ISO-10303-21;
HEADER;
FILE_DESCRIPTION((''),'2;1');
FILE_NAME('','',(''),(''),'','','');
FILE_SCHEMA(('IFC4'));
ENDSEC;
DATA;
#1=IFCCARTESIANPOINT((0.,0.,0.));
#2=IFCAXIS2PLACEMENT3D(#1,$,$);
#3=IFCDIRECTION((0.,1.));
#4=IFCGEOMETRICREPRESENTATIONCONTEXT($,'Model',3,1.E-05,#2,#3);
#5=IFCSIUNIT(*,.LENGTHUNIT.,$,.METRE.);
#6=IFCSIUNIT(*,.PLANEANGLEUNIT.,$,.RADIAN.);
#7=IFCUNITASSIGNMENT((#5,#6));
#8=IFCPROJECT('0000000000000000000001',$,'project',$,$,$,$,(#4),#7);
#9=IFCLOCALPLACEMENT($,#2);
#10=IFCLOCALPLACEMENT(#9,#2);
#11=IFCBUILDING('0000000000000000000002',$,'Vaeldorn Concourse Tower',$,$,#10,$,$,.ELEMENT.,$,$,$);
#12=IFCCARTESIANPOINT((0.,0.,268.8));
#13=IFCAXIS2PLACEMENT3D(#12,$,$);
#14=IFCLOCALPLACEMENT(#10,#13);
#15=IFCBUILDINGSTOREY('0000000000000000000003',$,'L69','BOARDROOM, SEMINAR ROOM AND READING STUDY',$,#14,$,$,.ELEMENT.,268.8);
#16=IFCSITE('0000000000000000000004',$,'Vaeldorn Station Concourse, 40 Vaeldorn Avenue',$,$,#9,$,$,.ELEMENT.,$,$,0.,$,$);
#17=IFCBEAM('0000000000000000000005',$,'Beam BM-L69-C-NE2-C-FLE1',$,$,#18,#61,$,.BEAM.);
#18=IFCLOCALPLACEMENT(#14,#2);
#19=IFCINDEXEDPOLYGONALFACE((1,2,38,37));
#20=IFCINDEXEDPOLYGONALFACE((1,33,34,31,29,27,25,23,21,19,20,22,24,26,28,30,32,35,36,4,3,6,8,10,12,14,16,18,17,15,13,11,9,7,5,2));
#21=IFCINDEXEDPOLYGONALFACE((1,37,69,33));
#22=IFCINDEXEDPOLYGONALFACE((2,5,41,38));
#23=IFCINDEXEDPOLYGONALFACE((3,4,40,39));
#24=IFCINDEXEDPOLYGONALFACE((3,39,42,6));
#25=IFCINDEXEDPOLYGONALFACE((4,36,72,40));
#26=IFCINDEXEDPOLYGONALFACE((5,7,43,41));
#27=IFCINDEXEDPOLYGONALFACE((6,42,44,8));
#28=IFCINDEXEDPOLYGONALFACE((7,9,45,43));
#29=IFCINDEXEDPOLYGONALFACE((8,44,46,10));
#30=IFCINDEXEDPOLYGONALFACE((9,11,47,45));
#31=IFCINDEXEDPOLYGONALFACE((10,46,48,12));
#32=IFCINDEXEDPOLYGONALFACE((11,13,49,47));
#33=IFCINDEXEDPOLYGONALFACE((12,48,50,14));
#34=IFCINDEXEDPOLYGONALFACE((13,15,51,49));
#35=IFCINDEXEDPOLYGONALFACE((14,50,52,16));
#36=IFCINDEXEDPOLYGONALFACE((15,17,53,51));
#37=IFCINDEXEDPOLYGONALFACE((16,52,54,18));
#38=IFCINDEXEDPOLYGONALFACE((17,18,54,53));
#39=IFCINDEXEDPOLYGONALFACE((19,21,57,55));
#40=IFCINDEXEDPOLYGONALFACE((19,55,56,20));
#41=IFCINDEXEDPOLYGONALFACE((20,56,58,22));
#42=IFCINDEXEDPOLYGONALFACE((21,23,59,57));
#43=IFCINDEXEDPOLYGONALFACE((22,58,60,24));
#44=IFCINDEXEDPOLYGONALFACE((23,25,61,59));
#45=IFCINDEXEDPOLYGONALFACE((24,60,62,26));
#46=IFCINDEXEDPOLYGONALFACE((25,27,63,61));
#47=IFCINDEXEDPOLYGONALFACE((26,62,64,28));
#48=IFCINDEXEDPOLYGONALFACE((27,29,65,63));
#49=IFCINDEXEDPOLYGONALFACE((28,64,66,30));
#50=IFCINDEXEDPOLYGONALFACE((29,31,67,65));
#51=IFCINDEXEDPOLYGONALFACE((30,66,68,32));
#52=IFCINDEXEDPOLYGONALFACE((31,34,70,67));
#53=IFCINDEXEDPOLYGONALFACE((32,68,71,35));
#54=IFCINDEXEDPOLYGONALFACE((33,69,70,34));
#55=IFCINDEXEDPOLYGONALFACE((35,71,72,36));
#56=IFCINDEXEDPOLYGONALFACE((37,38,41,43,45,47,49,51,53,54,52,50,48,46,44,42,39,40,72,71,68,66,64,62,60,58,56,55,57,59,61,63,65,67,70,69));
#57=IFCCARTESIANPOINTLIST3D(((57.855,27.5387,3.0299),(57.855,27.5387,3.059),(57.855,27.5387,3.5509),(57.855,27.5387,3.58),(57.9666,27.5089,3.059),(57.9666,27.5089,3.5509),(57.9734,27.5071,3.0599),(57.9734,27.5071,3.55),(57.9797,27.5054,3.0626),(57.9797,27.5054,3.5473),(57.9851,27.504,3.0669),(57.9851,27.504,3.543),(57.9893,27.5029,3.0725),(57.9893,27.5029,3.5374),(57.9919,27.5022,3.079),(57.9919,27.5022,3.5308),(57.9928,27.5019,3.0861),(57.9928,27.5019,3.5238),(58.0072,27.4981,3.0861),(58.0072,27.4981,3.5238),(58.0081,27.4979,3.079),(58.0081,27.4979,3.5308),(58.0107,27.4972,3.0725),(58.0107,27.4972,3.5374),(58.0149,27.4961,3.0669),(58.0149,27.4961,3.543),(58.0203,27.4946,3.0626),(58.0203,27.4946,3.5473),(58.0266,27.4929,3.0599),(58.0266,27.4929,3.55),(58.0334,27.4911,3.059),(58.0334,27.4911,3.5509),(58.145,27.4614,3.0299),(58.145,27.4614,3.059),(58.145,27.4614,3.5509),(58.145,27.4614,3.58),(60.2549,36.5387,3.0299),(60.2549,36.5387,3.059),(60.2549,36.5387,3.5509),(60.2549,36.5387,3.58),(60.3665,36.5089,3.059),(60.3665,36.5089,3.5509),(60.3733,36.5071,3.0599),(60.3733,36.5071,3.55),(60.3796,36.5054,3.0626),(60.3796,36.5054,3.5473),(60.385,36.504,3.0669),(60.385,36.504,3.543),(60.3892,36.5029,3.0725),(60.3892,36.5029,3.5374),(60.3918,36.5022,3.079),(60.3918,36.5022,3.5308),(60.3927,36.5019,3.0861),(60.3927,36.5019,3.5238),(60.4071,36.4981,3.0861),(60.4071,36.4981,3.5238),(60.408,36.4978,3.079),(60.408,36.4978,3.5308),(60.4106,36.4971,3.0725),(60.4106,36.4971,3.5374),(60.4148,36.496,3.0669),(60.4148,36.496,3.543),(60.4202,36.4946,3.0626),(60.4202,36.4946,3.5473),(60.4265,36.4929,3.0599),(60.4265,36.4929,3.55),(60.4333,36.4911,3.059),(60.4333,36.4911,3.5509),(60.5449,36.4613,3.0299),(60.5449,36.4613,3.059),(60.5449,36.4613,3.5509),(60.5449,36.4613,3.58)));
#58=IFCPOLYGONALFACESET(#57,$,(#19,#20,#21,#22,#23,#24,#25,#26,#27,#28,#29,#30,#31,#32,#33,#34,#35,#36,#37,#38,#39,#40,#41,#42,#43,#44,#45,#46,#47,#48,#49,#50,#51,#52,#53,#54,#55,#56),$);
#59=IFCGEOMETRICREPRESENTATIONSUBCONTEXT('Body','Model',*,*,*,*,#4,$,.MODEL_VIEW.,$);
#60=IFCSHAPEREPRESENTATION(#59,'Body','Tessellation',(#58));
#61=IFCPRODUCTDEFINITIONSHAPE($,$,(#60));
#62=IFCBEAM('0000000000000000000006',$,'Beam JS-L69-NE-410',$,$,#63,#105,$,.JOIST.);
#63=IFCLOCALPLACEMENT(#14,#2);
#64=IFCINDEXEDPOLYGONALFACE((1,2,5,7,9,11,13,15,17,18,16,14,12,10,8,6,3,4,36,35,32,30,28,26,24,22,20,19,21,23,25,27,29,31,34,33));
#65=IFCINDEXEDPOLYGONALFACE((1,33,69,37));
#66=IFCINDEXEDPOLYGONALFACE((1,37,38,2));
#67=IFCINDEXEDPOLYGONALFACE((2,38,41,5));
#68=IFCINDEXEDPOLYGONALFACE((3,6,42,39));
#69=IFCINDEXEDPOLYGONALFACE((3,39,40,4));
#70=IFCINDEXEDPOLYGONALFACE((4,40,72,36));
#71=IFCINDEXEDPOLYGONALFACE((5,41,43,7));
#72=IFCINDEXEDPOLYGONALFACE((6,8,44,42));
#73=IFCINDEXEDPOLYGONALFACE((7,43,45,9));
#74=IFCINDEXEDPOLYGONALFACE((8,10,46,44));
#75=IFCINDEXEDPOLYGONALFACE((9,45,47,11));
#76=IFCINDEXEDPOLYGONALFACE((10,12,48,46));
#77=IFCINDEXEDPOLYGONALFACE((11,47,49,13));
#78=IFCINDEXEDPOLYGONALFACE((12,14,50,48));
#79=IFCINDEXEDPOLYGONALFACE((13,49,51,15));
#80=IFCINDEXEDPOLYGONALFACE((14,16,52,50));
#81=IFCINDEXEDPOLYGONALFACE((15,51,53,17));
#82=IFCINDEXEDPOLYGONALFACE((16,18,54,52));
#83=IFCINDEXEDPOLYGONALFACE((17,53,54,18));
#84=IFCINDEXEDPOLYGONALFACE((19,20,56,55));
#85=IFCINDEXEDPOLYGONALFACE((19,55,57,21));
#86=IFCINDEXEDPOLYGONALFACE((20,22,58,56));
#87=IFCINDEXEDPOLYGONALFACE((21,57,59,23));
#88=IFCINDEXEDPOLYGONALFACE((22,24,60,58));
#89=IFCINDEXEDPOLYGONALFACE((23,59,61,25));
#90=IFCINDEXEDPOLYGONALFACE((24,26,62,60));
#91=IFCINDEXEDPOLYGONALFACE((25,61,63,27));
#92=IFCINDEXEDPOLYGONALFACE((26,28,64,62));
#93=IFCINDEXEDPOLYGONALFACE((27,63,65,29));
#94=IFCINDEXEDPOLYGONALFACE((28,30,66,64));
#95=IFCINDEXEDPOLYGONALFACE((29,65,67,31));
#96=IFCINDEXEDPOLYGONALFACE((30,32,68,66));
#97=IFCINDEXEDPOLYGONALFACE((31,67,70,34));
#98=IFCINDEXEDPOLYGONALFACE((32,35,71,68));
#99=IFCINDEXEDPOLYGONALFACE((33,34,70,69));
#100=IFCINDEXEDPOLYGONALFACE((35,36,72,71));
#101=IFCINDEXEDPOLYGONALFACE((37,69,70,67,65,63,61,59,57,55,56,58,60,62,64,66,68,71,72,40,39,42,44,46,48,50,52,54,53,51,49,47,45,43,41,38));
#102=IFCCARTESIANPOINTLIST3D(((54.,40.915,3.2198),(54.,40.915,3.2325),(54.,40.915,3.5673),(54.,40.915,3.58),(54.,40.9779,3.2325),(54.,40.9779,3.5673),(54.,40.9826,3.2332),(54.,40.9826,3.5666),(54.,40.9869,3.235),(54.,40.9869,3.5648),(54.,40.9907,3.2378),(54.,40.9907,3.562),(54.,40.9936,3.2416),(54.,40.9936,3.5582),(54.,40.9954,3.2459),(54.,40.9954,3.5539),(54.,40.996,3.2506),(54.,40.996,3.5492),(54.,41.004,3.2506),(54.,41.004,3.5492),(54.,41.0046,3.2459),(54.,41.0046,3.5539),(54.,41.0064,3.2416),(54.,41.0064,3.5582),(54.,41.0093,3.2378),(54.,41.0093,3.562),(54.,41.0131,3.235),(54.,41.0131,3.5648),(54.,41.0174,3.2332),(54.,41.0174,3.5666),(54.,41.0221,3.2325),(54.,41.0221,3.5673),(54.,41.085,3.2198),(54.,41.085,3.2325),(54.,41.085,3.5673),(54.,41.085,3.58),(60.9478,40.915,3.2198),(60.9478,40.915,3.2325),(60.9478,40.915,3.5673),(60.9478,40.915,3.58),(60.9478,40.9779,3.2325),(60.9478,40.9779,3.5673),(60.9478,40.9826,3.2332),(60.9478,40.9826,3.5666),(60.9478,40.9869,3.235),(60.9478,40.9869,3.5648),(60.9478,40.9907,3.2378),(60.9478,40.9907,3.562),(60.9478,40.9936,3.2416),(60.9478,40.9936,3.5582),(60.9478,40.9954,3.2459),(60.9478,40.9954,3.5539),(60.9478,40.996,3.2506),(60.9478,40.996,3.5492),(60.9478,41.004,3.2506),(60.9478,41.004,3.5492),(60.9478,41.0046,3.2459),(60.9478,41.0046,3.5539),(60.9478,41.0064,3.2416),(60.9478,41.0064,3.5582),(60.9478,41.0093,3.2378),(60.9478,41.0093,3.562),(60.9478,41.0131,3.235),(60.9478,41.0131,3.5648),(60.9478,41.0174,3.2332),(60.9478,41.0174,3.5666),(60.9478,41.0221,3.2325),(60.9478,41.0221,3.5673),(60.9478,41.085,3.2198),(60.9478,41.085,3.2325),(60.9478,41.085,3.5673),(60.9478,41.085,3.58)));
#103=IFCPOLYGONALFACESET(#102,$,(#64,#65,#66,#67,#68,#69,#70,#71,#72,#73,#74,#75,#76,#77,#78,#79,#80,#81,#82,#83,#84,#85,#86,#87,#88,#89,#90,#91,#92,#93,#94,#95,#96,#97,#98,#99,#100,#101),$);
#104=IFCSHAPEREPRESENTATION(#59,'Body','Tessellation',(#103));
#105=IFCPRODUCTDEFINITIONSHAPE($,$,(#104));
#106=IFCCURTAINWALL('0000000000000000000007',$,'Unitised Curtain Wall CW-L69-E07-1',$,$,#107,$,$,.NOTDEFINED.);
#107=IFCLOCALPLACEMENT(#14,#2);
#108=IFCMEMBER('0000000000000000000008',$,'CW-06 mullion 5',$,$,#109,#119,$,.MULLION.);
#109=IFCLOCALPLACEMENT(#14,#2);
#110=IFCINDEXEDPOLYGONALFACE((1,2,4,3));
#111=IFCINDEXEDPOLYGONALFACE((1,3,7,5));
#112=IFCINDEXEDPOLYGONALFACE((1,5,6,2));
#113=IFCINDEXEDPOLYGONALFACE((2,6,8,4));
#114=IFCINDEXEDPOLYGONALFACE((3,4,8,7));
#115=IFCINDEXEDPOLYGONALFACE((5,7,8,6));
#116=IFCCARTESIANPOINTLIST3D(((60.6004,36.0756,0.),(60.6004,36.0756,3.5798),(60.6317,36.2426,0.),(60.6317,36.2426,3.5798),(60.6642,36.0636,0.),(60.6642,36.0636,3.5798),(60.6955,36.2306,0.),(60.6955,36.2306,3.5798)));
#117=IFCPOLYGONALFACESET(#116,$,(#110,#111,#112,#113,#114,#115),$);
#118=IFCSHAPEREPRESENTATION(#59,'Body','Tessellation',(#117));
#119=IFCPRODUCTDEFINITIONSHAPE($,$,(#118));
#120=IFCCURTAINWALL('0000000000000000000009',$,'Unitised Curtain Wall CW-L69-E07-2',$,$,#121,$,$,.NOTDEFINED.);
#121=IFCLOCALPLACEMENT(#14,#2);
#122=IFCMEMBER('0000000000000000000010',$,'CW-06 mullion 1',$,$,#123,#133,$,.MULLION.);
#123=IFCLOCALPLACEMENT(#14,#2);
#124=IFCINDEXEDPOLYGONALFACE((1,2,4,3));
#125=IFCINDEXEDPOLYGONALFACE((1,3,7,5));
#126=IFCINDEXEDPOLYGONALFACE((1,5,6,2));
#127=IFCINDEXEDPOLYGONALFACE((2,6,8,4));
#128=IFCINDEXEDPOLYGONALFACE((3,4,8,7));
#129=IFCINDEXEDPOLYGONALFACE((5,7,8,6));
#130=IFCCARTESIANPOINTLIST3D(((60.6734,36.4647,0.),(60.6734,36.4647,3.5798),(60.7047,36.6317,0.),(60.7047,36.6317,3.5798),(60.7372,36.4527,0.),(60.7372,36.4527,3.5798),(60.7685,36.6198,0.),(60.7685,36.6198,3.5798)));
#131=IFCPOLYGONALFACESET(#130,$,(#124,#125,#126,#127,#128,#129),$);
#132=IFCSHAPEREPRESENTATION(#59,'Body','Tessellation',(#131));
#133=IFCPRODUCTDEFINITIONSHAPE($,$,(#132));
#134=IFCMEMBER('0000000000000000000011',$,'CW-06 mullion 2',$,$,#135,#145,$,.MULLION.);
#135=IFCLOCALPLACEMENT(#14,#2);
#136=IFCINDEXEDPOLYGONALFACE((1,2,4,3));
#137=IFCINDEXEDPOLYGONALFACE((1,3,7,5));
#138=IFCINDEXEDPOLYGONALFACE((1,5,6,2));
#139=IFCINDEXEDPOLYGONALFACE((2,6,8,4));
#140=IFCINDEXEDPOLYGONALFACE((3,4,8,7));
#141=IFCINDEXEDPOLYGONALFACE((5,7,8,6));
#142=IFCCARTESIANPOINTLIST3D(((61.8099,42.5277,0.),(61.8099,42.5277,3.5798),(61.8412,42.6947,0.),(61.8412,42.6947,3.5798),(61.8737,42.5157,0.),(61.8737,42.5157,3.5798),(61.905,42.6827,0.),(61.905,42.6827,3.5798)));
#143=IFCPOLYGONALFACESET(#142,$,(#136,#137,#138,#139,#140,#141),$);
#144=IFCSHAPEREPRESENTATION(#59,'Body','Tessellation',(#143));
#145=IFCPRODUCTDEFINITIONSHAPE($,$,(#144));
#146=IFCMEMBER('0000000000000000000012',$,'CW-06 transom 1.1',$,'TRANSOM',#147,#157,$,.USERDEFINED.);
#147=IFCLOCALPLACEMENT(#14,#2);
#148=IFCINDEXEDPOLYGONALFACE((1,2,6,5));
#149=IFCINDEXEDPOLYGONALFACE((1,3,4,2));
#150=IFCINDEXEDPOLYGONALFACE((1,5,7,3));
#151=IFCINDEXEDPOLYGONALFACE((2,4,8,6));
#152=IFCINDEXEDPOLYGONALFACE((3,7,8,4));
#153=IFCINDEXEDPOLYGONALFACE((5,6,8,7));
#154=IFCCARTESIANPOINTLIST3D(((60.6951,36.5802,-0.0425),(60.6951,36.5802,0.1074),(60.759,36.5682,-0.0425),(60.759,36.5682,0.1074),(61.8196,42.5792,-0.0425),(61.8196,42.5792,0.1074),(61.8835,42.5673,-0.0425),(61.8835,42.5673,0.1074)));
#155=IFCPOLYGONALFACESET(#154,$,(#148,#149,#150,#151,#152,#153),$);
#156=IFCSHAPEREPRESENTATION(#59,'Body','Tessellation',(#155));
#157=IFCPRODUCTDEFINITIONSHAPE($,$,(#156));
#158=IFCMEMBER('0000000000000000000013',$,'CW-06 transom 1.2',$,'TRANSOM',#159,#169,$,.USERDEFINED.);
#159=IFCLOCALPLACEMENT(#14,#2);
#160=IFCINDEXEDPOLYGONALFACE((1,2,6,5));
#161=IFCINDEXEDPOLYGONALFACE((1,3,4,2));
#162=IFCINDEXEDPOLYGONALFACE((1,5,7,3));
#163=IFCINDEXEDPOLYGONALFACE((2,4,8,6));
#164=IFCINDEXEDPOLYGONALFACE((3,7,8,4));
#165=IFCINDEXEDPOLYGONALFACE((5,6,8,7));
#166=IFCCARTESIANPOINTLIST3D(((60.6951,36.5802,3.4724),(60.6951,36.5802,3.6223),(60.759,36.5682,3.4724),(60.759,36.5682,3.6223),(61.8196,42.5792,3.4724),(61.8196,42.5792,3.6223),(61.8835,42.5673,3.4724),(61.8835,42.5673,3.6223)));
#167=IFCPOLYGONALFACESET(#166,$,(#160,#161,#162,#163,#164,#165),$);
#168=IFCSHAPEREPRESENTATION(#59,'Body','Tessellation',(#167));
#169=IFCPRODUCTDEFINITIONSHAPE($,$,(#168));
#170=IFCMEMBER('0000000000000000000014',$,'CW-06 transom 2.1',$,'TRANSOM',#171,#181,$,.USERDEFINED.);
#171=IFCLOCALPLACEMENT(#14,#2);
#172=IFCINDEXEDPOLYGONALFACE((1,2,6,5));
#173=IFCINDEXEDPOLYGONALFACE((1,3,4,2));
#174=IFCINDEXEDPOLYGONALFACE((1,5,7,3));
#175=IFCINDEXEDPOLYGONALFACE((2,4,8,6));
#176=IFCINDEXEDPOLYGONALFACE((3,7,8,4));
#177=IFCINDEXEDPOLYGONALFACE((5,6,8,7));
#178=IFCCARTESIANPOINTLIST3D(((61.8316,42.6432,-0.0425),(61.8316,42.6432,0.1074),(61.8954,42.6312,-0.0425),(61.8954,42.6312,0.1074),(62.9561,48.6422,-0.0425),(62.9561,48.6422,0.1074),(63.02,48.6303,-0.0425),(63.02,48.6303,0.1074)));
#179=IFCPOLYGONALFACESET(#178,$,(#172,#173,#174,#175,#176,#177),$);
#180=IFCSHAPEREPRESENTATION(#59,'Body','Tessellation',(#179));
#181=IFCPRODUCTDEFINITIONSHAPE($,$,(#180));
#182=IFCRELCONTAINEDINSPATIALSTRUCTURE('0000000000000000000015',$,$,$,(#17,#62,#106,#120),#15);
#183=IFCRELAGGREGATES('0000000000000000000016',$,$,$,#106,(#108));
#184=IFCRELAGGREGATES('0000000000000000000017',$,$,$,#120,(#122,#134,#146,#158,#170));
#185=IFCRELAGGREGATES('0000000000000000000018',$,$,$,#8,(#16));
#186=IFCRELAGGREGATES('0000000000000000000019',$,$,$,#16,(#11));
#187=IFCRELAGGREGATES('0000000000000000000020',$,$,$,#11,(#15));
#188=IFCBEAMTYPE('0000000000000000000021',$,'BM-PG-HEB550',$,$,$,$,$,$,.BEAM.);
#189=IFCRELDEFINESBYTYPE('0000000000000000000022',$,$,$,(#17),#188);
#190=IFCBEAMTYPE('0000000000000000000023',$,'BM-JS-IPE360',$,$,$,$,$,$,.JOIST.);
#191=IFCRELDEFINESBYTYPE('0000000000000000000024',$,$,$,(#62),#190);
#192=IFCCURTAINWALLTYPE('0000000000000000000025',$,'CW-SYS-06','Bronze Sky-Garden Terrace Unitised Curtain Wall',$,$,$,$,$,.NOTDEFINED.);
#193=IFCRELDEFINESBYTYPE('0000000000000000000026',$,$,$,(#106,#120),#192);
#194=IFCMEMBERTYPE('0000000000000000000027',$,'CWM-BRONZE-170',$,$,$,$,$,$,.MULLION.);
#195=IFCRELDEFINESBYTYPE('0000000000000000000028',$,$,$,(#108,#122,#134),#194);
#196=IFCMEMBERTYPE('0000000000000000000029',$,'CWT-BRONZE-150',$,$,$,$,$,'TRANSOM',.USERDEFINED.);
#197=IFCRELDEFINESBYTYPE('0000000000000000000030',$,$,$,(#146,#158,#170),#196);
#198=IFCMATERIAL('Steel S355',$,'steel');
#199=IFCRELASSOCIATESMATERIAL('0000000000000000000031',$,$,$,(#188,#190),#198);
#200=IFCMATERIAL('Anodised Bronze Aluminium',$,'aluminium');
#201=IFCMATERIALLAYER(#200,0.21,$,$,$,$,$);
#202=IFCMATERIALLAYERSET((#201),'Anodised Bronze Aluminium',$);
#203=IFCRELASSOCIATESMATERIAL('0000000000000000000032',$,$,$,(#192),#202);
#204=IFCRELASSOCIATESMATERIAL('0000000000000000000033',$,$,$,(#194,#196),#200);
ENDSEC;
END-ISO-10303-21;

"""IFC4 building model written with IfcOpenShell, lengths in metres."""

from ifc_helpers import new_model, si_unit, direction, frame, origin, origin_2d, place, context, subcontext, project, spatial, rectangle, i_section, extrude, source, transform, mapped, material, layer, layer_set, material_profile, profile_set, type_object, element, aggregate, save


model = new_model("IFC4")

# Units and contexts
model_context = context("Model", 3, precision=1e-05, world=origin(), true_north=direction((0.0, 1.0)))
body_context = subcontext(model_context, "Body", "Model", "MODEL_VIEW")
ifc_project = project(units=[si_unit("LENGTHUNIT", "METRE"), si_unit("PLANEANGLEUNIT", "RADIAN")], contexts=[model_context])

# Site, building, storey
site_placement = place(None, origin())
site = spatial("IfcSite", under=ifc_project, at=site_placement, Name="Vaeldorn Station Concourse, 40 Vaeldorn Avenue", CompositionType="ELEMENT", RefElevation=0.0)
building_placement = place(site_placement, origin())
building = spatial("IfcBuilding", under=site, at=building_placement, Name="Vaeldorn Concourse Tower", CompositionType="ELEMENT")
storey_placement = place(building_placement, frame((0.0, 0.0, 268.8)))
storey = spatial("IfcBuildingStorey", under=building, at=storey_placement, Name="L69", Description="BOARDROOM, SEMINAR ROOM AND READING STUDY", CompositionType="ELEMENT", Elevation=268.8)

# Shared definitions
ifc_material_1 = material(Name="Steel S355", Category="steel")

# Beams
ifc_material_profile_1 = material_profile(ifc_material_1, i_section(OverallWidth=0.3, OverallDepth=0.55, WebThickness=0.0149, FlangeThickness=0.0291, FilletRadius=0.0271, at=origin_2d()), Name="HEB 550")
ifc_profile_set_1 = profile_set([ifc_material_profile_1], Name="Steel S355")
beam_type_1 = type_object("IfcBeamType", Name="BM-PG-HEB550", PredefinedType="BEAM", material=ifc_profile_set_1)
shared_shape_1 = source(origin(), body_context, "Body", "SweptSolid", [
    extrude(i_section(OverallWidth=0.3, OverallDepth=0.55, WebThickness=0.0149, FlangeThickness=0.0291, FilletRadius=0.0271, at=origin_2d()), origin(), (0.0, 0.0, 1.0), 9.3145),
])
beam_1_placement = place(storey_placement, frame((60.3999, 36.5, 3.3049), z_axis=(-0.257653, -0.966238, 0.0), x_axis=(0.966238, -0.257653, 0.0)))
element("IfcBeam", 1, at=beam_1_placement, inside=storey, type_object=beam_type_1, Name="Beam BM-L69-C-NE2-C-FLE1", PredefinedType="BEAM", context=body_context, shape_type="MappedRepresentation", body=[
    mapped(shared_shape_1, transform((0.0, 0.0, 0.0), scale=1.0)),
])
ifc_material_profile_2 = material_profile(ifc_material_1, i_section(OverallWidth=0.1699, OverallDepth=0.3601, WebThickness=0.0081, FlangeThickness=0.0127, FilletRadius=0.0181, at=origin_2d()), Name="IPE 360")
ifc_profile_set_2 = profile_set([ifc_material_profile_2], Name="Steel S355")
beam_type_2 = type_object("IfcBeamType", Name="BM-JS-IPE360", PredefinedType="JOIST", material=ifc_profile_set_2)
shared_shape_2 = source(origin(), body_context, "Body", "SweptSolid", [
    extrude(i_section(OverallWidth=0.1699, OverallDepth=0.3601, WebThickness=0.0081, FlangeThickness=0.0127, FilletRadius=0.0181, at=origin_2d()), origin(), (0.0, 0.0, 1.0), 6.9478),
])
beam_2_placement = place(storey_placement, frame((54.0, 41.0, 3.3999), z_axis=(1.0, 0.0, 0.0), x_axis=(0.0, 1.0, 0.0)))
element("IfcBeam", 2, at=beam_2_placement, inside=storey, type_object=beam_type_2, Name="Beam JS-L69-NE-410", PredefinedType="JOIST", context=body_context, shape_type="MappedRepresentation", body=[
    mapped(shared_shape_2, transform((0.0, 0.0, 0.0), scale=1.0)),
])

# Curtain wall, member
ifc_material_2 = material(Name="Anodised Bronze Aluminium", Category="aluminium")
ifc_layer_1 = layer(ifc_material_2, 0.21)
ifc_layer_set_1 = layer_set([ifc_layer_1], Name="Anodised Bronze Aluminium")
curtain_wall_type = type_object("IfcCurtainWallType", Name="CW-SYS-06", Description="Bronze Sky-Garden Terrace Unitised Curtain Wall", PredefinedType="NOTDEFINED", material=ifc_layer_set_1)
curtain_wall_1_placement = place(storey_placement, origin())
curtain_wall_1 = element("IfcCurtainWall", 3, at=curtain_wall_1_placement, inside=storey, type_object=curtain_wall_type, Name="Unitised Curtain Wall CW-L69-E07-1", PredefinedType="NOTDEFINED")
ifc_material_profile_3 = material_profile(ifc_material_2, rectangle(XDim=0.0649, YDim=0.1699, at=origin_2d()), Name="CWM 65x170")
ifc_profile_set_3 = profile_set([ifc_material_profile_3], Name="Anodised Bronze Aluminium")
member_type_1 = type_object("IfcMemberType", Name="CWM-BRONZE-170", PredefinedType="MULLION", material=ifc_profile_set_3)
shared_shape_3 = source(origin(), body_context, "Body", "SweptSolid", [
    extrude(rectangle(XDim=0.0649, YDim=0.1699, at=origin_2d()), origin(), (0.0, 0.0, 1.0), 3.5798),
])
member_1_placement = place(storey_placement, frame((60.6479, 36.1531, 0.0), z_axis=(0.0, 0.0, 1.0), x_axis=(-0.98288, 0.184247, 0.0)))
member_1 = element("IfcMember", 4, at=member_1_placement, type_object=member_type_1, Name="CW-06 mullion 5", PredefinedType="MULLION", context=body_context, shape_type="MappedRepresentation", body=[
    mapped(shared_shape_3, transform((0.0, 0.0, 0.0), scale=1.0)),
])
aggregate(curtain_wall_1, [member_1])

# Curtain wall, members
curtain_wall_2_placement = place(storey_placement, origin())
curtain_wall_2 = element("IfcCurtainWall", 5, at=curtain_wall_2_placement, inside=storey, type_object=curtain_wall_type, Name="Unitised Curtain Wall CW-L69-E07-2", PredefinedType="NOTDEFINED")
member_2_placement = place(storey_placement, frame((60.7209, 36.5422, 0.0), z_axis=(0.0, 0.0, 1.0), x_axis=(-0.98288, 0.184246, 0.0)))
member_2 = element("IfcMember", 6, at=member_2_placement, type_object=member_type_1, Name="CW-06 mullion 1", PredefinedType="MULLION", context=body_context, shape_type="MappedRepresentation", body=[
    mapped(shared_shape_3, transform((0.0, 0.0, 0.0), scale=1.0)),
])
member_3_placement = place(storey_placement, frame((61.8574, 42.6052, 0.0), z_axis=(0.0, 0.0, 1.0), x_axis=(-0.98288, 0.184246, 0.0)))
member_3 = element("IfcMember", 7, at=member_3_placement, type_object=member_type_1, Name="CW-06 mullion 2", PredefinedType="MULLION", context=body_context, shape_type="MappedRepresentation", body=[
    mapped(shared_shape_3, transform((0.0, 0.0, 0.0), scale=1.0)),
])
ifc_material_profile_4 = material_profile(ifc_material_2, rectangle(XDim=0.0649, YDim=0.1499, at=origin_2d()), Name="CWT 65x150")
ifc_profile_set_4 = profile_set([ifc_material_profile_4], Name="Anodised Bronze Aluminium")
member_type_2 = type_object("IfcMemberType", Name="CWT-BRONZE-150", ElementType="TRANSOM", PredefinedType="USERDEFINED", material=ifc_profile_set_4)
shared_shape_4 = source(origin(), body_context, "Body", "SweptSolid", [
    extrude(rectangle(XDim=0.0649, YDim=0.1499, at=origin_2d()), origin(), (0.0, 0.0, 1.0), 6.1035),
])
member_4_placement = place(storey_placement, frame((60.7271, 36.5742, 0.0325), z_axis=(0.18424, 0.982881, 0.0), x_axis=(-0.982881, 0.18424, 0.0)))
member_4 = element("IfcMember", 8, at=member_4_placement, type_object=member_type_2, Name="CW-06 transom 1.1", ObjectType="TRANSOM", PredefinedType="USERDEFINED", context=body_context, shape_type="MappedRepresentation", body=[
    mapped(shared_shape_4, transform((0.0, 0.0, 0.0), scale=1.0)),
])
member_5_placement = place(storey_placement, frame((60.7271, 36.5742, 3.5474), z_axis=(0.18424, 0.982881, 0.0), x_axis=(-0.982881, 0.18424, 0.0)))
member_5 = element("IfcMember", 9, at=member_5_placement, type_object=member_type_2, Name="CW-06 transom 1.2", ObjectType="TRANSOM", PredefinedType="USERDEFINED", context=body_context, shape_type="MappedRepresentation", body=[
    mapped(shared_shape_4, transform((0.0, 0.0, 0.0), scale=1.0)),
])
member_6_placement = place(storey_placement, frame((61.8635, 42.6372, 0.0325), z_axis=(0.18424, 0.982881, 0.0), x_axis=(-0.982881, 0.18424, 0.0)))
member_6 = element("IfcMember", 10, at=member_6_placement, type_object=member_type_2, Name="CW-06 transom 2.1", ObjectType="TRANSOM", PredefinedType="USERDEFINED", context=body_context, shape_type="MappedRepresentation", body=[
    mapped(shared_shape_4, transform((0.0, 0.0, 0.0), scale=1.0)),
])
aggregate(curtain_wall_2, [member_2, member_3, member_4, member_5, member_6])

save(model, "model.ifc")
